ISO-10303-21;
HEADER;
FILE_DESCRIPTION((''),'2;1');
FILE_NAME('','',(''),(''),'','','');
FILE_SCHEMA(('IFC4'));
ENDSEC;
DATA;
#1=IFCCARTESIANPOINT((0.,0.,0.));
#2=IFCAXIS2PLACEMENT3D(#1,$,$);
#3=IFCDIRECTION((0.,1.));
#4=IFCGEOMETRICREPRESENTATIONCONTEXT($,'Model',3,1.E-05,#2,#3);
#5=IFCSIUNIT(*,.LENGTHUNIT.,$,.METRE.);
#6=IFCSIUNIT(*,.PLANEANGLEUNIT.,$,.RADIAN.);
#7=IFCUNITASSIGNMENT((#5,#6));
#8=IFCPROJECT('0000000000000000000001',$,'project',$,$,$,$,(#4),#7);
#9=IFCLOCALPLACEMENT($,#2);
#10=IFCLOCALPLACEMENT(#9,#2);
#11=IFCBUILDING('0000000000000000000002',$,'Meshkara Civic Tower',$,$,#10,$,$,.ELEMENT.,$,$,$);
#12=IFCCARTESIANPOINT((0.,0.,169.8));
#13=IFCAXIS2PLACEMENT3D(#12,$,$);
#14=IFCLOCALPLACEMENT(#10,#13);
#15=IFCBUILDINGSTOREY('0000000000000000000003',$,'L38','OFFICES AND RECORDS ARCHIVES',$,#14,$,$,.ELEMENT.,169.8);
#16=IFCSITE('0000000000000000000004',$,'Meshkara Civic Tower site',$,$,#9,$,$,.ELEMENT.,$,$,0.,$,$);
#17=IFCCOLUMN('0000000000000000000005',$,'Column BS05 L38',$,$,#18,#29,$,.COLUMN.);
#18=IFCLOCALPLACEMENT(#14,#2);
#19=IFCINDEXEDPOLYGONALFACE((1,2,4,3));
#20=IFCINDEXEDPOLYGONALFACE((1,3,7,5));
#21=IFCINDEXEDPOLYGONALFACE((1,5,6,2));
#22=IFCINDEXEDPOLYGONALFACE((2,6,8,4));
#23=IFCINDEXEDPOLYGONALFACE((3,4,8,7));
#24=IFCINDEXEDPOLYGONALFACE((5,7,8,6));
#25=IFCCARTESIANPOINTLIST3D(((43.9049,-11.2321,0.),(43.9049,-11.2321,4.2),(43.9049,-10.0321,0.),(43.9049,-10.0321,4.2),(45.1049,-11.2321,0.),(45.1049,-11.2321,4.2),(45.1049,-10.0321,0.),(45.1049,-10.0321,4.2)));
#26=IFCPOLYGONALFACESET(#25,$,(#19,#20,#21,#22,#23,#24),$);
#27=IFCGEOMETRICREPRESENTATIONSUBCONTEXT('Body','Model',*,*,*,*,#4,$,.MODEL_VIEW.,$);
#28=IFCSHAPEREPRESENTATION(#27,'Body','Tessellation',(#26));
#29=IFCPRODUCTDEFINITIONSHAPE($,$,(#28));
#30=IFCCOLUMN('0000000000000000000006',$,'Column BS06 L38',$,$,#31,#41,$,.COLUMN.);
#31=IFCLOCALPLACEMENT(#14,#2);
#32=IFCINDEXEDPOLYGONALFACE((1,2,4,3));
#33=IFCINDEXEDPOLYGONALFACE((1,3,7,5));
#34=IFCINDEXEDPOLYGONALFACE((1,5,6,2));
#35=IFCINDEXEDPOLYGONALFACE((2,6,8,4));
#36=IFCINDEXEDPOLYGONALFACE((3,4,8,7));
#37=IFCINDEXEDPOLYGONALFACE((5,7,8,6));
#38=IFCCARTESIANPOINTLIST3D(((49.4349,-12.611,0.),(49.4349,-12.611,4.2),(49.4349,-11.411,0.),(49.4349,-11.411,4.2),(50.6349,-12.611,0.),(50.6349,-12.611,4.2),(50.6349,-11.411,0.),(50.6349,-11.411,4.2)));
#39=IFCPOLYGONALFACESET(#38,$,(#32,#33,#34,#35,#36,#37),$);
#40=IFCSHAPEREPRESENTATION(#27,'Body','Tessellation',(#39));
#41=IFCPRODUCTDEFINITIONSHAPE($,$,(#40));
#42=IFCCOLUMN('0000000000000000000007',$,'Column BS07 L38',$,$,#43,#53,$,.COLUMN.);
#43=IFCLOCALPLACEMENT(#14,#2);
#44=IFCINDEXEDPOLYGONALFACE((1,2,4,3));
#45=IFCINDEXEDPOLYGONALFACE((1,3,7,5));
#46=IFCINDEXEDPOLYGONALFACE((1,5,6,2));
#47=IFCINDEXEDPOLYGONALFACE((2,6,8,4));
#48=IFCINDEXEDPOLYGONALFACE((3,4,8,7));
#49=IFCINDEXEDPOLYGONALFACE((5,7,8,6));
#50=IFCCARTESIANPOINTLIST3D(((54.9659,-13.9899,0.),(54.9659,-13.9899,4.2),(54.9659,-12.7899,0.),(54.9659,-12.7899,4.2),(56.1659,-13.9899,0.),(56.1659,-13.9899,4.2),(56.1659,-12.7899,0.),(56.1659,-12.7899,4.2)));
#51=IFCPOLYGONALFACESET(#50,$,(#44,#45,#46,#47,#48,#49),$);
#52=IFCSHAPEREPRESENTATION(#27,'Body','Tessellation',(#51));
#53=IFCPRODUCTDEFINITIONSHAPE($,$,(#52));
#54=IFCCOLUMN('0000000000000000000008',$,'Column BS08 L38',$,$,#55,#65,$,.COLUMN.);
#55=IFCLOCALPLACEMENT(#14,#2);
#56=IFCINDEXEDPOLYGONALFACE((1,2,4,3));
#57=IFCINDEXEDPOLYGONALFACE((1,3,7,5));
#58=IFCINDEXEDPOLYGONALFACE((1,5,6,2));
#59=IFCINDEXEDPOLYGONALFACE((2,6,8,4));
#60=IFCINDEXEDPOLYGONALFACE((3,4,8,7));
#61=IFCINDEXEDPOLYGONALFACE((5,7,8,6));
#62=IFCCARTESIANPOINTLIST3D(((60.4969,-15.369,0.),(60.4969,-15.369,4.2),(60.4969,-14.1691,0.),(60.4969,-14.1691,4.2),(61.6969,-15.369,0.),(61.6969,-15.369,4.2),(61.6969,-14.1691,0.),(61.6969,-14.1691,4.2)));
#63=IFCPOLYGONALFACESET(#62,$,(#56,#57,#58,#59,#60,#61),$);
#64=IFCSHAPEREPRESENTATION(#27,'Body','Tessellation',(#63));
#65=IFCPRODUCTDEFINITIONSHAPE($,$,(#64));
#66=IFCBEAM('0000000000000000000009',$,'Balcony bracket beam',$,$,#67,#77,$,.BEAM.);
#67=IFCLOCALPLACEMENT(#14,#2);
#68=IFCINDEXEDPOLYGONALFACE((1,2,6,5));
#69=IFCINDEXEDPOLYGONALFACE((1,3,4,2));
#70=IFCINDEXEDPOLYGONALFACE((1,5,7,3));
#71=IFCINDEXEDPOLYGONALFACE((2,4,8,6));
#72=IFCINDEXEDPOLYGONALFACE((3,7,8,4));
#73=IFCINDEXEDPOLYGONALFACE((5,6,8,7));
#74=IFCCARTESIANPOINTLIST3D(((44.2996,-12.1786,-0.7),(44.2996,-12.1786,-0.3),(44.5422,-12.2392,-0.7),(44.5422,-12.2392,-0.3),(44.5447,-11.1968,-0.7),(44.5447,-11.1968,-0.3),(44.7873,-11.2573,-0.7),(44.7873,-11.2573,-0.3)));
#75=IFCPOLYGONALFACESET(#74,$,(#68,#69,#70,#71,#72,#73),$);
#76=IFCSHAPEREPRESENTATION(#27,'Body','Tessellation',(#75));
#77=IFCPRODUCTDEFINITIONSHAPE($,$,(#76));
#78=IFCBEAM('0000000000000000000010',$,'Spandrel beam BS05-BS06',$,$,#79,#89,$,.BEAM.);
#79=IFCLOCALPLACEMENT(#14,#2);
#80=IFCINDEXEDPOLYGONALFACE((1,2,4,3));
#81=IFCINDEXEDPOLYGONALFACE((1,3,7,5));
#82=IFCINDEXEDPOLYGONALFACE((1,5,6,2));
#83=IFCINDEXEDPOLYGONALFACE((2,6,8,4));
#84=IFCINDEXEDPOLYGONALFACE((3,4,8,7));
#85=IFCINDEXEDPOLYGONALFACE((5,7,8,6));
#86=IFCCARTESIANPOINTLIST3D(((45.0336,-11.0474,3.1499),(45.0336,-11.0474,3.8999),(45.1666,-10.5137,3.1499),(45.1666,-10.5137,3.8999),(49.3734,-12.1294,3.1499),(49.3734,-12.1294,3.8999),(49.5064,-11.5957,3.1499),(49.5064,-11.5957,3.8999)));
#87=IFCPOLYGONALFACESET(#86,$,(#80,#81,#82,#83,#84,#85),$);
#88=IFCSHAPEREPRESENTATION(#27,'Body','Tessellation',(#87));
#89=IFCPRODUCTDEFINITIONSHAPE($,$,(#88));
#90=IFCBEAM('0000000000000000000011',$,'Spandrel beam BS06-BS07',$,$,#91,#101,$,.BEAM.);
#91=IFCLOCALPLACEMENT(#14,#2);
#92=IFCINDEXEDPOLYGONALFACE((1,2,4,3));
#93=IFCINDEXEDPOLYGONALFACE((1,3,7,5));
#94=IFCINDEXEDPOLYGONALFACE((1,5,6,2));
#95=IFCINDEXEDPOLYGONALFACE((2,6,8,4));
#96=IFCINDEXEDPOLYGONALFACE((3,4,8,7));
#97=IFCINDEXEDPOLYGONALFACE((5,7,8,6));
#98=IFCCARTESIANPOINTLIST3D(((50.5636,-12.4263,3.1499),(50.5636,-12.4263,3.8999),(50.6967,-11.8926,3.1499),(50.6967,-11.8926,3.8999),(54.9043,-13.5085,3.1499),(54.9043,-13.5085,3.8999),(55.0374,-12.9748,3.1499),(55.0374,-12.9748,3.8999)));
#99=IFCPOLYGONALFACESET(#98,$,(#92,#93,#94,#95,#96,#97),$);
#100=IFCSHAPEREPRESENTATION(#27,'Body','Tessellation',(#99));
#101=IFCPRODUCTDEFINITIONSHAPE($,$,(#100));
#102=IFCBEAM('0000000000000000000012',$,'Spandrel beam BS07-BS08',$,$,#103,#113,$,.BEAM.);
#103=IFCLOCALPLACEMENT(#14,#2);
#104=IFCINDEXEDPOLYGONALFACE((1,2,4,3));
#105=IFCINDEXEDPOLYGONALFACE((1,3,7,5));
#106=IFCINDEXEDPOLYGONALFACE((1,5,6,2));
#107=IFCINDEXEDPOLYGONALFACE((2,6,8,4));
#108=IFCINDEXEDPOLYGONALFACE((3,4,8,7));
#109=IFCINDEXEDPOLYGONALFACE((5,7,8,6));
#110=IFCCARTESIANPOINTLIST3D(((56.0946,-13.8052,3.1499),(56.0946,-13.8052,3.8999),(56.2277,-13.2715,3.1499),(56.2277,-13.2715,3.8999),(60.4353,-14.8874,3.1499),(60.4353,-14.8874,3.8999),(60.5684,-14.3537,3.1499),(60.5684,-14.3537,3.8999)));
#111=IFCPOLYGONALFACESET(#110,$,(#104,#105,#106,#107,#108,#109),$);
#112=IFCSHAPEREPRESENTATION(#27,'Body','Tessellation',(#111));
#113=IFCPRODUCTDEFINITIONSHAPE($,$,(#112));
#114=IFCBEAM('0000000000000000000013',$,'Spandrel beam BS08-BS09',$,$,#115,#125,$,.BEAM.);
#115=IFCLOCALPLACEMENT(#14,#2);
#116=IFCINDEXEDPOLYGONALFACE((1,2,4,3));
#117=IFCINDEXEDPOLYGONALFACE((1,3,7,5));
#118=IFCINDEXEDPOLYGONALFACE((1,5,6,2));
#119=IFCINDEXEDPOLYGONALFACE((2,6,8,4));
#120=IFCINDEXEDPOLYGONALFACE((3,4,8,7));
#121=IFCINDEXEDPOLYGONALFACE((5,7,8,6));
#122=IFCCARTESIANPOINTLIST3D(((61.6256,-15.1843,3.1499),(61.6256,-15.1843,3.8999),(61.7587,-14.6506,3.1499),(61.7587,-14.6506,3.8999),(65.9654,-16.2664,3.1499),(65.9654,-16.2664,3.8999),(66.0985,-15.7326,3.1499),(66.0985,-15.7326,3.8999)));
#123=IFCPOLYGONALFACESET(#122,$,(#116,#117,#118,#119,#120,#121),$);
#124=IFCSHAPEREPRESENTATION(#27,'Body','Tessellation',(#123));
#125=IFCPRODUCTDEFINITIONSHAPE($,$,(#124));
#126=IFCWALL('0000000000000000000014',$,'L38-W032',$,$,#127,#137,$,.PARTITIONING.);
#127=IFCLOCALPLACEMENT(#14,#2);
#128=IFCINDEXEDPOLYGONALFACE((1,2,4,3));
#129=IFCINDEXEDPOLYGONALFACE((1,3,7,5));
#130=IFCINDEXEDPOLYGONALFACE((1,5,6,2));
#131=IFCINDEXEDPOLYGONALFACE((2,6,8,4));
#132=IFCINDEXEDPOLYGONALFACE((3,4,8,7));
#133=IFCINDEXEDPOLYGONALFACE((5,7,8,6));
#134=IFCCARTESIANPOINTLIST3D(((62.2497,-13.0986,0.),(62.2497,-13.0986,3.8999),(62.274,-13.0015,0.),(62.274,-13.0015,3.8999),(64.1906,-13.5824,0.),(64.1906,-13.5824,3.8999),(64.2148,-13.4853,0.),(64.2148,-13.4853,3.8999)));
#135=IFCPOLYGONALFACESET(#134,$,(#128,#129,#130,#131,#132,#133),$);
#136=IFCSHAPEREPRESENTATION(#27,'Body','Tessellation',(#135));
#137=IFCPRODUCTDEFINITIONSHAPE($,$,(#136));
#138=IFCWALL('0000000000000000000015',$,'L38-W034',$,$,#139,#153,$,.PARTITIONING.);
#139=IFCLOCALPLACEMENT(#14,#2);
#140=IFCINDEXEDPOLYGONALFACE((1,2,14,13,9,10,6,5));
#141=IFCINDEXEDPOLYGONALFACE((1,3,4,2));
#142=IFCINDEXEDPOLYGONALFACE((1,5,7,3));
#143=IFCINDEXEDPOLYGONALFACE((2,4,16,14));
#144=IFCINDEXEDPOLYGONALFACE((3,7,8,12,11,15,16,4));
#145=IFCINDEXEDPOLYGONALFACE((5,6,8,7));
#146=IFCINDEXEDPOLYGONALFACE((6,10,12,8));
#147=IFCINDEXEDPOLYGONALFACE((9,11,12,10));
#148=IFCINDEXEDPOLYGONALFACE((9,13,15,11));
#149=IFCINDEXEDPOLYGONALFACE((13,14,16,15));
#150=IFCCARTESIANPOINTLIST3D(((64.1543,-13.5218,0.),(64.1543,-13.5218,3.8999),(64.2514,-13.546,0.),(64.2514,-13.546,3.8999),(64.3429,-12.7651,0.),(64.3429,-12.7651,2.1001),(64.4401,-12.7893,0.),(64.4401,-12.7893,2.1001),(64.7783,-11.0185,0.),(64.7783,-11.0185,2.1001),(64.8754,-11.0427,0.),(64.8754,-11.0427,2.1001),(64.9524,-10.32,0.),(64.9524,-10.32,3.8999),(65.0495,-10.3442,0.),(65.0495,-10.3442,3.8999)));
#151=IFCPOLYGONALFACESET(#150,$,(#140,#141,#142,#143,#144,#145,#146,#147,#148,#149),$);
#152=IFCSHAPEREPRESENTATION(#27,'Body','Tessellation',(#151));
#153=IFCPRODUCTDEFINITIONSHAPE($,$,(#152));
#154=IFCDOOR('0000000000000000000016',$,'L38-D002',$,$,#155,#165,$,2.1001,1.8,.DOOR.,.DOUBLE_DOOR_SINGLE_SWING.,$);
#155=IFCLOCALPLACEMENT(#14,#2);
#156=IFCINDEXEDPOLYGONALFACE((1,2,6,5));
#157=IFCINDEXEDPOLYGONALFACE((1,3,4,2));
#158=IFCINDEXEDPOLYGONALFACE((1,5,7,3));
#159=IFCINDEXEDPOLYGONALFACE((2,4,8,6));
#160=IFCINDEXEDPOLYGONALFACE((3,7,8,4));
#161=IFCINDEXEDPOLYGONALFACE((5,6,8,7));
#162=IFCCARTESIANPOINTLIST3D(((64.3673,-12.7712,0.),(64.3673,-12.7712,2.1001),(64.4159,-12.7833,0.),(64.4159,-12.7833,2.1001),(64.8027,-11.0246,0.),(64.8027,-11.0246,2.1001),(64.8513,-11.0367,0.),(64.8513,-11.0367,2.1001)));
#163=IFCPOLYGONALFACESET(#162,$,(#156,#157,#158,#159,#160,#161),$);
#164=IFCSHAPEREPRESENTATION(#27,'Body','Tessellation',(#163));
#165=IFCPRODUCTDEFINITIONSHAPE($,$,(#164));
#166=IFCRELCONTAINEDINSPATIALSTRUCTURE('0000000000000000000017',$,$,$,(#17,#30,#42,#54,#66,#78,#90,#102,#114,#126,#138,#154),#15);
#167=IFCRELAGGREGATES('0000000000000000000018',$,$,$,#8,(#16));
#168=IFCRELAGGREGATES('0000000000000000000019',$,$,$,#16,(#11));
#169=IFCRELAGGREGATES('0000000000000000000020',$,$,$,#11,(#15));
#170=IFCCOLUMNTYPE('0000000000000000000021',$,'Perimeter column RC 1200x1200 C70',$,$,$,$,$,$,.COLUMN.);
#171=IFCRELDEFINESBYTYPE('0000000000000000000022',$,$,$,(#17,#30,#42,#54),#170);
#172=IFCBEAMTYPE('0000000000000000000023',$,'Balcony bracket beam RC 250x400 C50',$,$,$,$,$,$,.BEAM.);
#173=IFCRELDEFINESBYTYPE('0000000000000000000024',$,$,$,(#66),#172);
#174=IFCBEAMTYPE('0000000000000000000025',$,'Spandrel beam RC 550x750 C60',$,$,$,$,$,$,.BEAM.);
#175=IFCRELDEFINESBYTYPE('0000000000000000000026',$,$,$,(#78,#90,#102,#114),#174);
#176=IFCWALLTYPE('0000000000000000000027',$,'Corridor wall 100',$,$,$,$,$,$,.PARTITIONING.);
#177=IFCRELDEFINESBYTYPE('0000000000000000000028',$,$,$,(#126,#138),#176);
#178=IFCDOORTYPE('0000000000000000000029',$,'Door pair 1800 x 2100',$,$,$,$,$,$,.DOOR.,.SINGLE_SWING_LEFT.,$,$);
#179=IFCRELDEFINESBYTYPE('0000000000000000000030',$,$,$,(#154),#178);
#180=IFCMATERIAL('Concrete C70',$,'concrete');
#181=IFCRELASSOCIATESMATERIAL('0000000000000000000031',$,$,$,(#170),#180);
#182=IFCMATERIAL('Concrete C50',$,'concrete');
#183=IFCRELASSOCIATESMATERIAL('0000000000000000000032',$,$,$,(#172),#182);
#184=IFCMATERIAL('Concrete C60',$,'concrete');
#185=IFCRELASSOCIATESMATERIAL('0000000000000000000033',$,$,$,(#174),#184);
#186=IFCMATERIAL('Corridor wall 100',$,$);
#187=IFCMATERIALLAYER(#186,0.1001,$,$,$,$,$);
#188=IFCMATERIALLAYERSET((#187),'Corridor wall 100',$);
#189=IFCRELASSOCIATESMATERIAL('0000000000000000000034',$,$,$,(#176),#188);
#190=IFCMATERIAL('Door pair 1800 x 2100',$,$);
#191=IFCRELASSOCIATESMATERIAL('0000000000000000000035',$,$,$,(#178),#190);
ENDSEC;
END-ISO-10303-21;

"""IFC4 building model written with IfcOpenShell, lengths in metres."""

from ifc_helpers import new_model, si_unit, direction, frame, frame_2d, origin, origin_2d, place, context, subcontext, project, spatial, rectangle, extrude, material, layer, layer_set, material_profile, profile_set, type_object, element, fill, save


model = new_model("IFC4")

# Units and contexts
model_context = context("Model", 3, precision=1e-05, world=origin(), true_north=direction((0.0, 1.0)))
body_context = subcontext(model_context, "Body", "Model", "MODEL_VIEW")
ifc_project = project(units=[si_unit("LENGTHUNIT", "METRE"), si_unit("PLANEANGLEUNIT", "RADIAN")], contexts=[model_context])

# Site, building, storey
site_placement = place(None, origin())
site = spatial("IfcSite", under=ifc_project, at=site_placement, Name="Meshkara Civic Tower site", CompositionType="ELEMENT", RefElevation=0.0)
building_placement = place(site_placement, origin())
building = spatial("IfcBuilding", under=site, at=building_placement, Name="Meshkara Civic Tower", CompositionType="ELEMENT")
storey_placement = place(building_placement, frame((0.0, 0.0, 169.8)))
storey = spatial("IfcBuildingStorey", under=building, at=storey_placement, Name="L38", Description="OFFICES AND RECORDS ARCHIVES", CompositionType="ELEMENT", Elevation=169.8)

# Columns
ifc_material_1 = material(Name="Concrete C70", Category="concrete")
ifc_material_profile_1 = material_profile(ifc_material_1, rectangle(XDim=1.2, YDim=1.2, at=origin_2d()))
ifc_profile_set_1 = profile_set([ifc_material_profile_1], Name="Concrete C70")
column_type = type_object("IfcColumnType", Name="Perimeter column RC 1200x1200 C70", PredefinedType="COLUMN", material=ifc_profile_set_1)
for number, where, z_axis, x_axis, name in (
    (1, (44.5049, -10.6321, 0.0), (0.0, 0.0, 1.0), (1.0, 0.0, 0.0), "Column BS05 L38"),
    (2, (50.0349, -12.011, 0.0), (0.0, 0.0, 1.0), (1.0, 0.0, 0.0), "Column BS06 L38"),
    (3, (55.5659, -13.3899, 0.0), (0.0, 0.0, 1.0), (1.0, 0.0, 0.0), "Column BS07 L38"),
    (4, (61.0969, -14.769, 0.0), (0.0, 0.0, 1.0), (1.0, 0.0, 0.0), "Column BS08 L38"),
):
    element("IfcColumn", number, at=place(storey_placement, frame(where, z_axis=z_axis, x_axis=x_axis)), inside=storey, type_object=column_type, Name=name, PredefinedType="COLUMN", context=body_context, shape_type="SweptSolid", body=[
        extrude(rectangle(XDim=1.2, YDim=1.2, at=origin_2d()), origin(), (0.0, 0.0, 1.0), 4.2),
    ])

# Beams
ifc_material_2 = material(Name="Concrete C50", Category="concrete")
ifc_material_profile_2 = material_profile(ifc_material_2, rectangle(XDim=0.25, YDim=0.3999, at=origin_2d()))
ifc_profile_set_2 = profile_set([ifc_material_profile_2], Name="Concrete C50")
beam_type_1 = type_object("IfcBeamType", Name="Balcony bracket beam RC 250x400 C50", PredefinedType="BEAM", material=ifc_profile_set_2)
beam_1_placement = place(storey_placement, frame((44.666, -11.2271, -0.5), z_axis=(-0.242195, -0.970228, 0.0), x_axis=(0.970228, -0.242195, 0.0)))
element("IfcBeam", 5, at=beam_1_placement, inside=storey, type_object=beam_type_1, Name="Balcony bracket beam", PredefinedType="BEAM", context=body_context, shape_type="SweptSolid", body=[
    extrude(rectangle(XDim=0.25, YDim=0.3999, at=origin_2d()), origin(), (0.0, 0.0, 1.0), 1.012),
])
ifc_material_3 = material(Name="Concrete C60", Category="concrete")
ifc_material_profile_3 = material_profile(ifc_material_3, rectangle(XDim=0.55, YDim=0.75, at=origin_2d()))
ifc_profile_set_3 = profile_set([ifc_material_profile_3], Name="Concrete C60")
beam_type_2 = type_object("IfcBeamType", Name="Spandrel beam RC 550x750 C60", PredefinedType="BEAM", material=ifc_profile_set_3)
beam_2_placement = place(storey_placement, frame((45.1001, -10.7805, 3.5249), z_axis=(0.970296, -0.241919, 0.0), x_axis=(0.241919, 0.970296, 0.0)))
element("IfcBeam", 6, at=beam_2_placement, inside=storey, type_object=beam_type_2, Name="Spandrel beam BS05-BS06", PredefinedType="BEAM", context=body_context, shape_type="SweptSolid", body=[
    extrude(rectangle(XDim=0.55, YDim=0.75, at=origin_2d()), origin(), (0.0, 0.0, 1.0), 4.4727),
])
for number, where, z_axis, x_axis, name in (
    (7, (50.6301, -12.1594, 3.5249), (0.970296, -0.241919, 0.0), (0.241919, 0.970296, 0.0), "Spandrel beam BS06-BS07"),
    (8, (56.1611, -13.5383, 3.5249), (0.970296, -0.241919, 0.0), (0.241919, 0.970296, 0.0), "Spandrel beam BS07-BS08"),
):
    element("IfcBeam", number, at=place(storey_placement, frame(where, z_axis=z_axis, x_axis=x_axis)), inside=storey, type_object=beam_type_2, Name=name, PredefinedType="BEAM", context=body_context, shape_type="SweptSolid", body=[
        extrude(rectangle(XDim=0.55, YDim=0.75, at=origin_2d()), origin(), (0.0, 0.0, 1.0), 4.4736),
    ])
beam_3_placement = place(storey_placement, frame((61.6921, -14.9175, 3.5249), z_axis=(0.970296, -0.241919, 0.0), x_axis=(0.241919, 0.970296, 0.0)))
element("IfcBeam", 9, at=beam_3_placement, inside=storey, type_object=beam_type_2, Name="Spandrel beam BS08-BS09", PredefinedType="BEAM", context=body_context, shape_type="SweptSolid", body=[
    extrude(rectangle(XDim=0.55, YDim=0.75, at=origin_2d()), origin(), (0.0, 0.0, 1.0), 4.4727),
])

# Wall
ifc_material_4 = material(Name="Corridor wall 100")
ifc_layer_1 = layer(ifc_material_4, 0.1001)
ifc_layer_set_1 = layer_set([ifc_layer_1], Name="Corridor wall 100")
wall_type_1 = type_object("IfcWallType", Name="Corridor wall 100", PredefinedType="PARTITIONING", material=ifc_layer_set_1)
wall_1_placement = place(storey_placement, frame((62.262, -13.05, 0.0), z_axis=(0.0, 0.0, 1.0), x_axis=(0.9703, -0.241904, 0.0)))
element("IfcWall", 10, at=wall_1_placement, inside=storey, type_object=wall_type_1, Name="L38-W032", PredefinedType="PARTITIONING", context=body_context, shape_type="SweptSolid", body=[
    extrude(rectangle(XDim=2.0002, YDim=0.1001, at=frame_2d((1.0, 0.0))), origin(), (0.0, 0.0, 1.0), 3.8999),
])

# Wall, opening, door
wall_2_placement = place(storey_placement, frame((64.2029, -13.5339, 0.0), z_axis=(0.0, 0.0, 1.0), x_axis=(0.241857, 0.970312, 0.0)))
wall_2 = element("IfcWall", 11, at=wall_2_placement, inside=storey, type_object=wall_type_1, Name="L38-W034", PredefinedType="PARTITIONING", context=body_context, shape_type="SweptSolid", body=[
    extrude(rectangle(XDim=3.2998, YDim=0.1001, at=frame_2d((1.6499, 0.0))), origin(), (0.0, 0.0, 1.0), 3.8999),
])
opening_1_placement = place(wall_2_placement, frame((0.78, 0.0, 0.0)))
opening_1 = element("IfcOpeningElement", 12, at=opening_1_placement, cuts=wall_2, PredefinedType="OPENING", context=body_context, shape_type="SweptSolid", body=[
    extrude(rectangle(XDim=1.8, YDim=2.1001, at=frame_2d((0.8999, 1.05))), frame((0.0, 0.0601, 0.0), z_axis=(0.0, -1.0, 0.0), x_axis=(1.0, 0.0, 0.0)), (0.0, 0.0, 1.0), 0.1201),
])
ifc_material_5 = material(Name="Door pair 1800 x 2100")
door_type_1 = type_object("IfcDoorType", Name="Door pair 1800 x 2100", OperationType="SINGLE_SWING_LEFT", PredefinedType="DOOR", material=ifc_material_5)
door_1_placement = place(opening_1_placement, origin())
door_1 = element("IfcDoor", 13, at=door_1_placement, inside=storey, type_object=door_type_1, Name="L38-D002", OperationType="DOUBLE_DOOR_SINGLE_SWING", OverallHeight=2.1001, OverallWidth=1.8, PredefinedType="DOOR", context=body_context, shape_type="SweptSolid", body=[
    extrude(rectangle(XDim=1.8, YDim=2.1001, at=frame_2d((0.8999, 1.05))), frame((0.0, 0.0249, 0.0), z_axis=(0.0, -1.0, 0.0), x_axis=(1.0, 0.0, 0.0)), (0.0, 0.0, 1.0), 0.05),
])
fill(opening_1, door_1)

save(model, "model.ifc")
